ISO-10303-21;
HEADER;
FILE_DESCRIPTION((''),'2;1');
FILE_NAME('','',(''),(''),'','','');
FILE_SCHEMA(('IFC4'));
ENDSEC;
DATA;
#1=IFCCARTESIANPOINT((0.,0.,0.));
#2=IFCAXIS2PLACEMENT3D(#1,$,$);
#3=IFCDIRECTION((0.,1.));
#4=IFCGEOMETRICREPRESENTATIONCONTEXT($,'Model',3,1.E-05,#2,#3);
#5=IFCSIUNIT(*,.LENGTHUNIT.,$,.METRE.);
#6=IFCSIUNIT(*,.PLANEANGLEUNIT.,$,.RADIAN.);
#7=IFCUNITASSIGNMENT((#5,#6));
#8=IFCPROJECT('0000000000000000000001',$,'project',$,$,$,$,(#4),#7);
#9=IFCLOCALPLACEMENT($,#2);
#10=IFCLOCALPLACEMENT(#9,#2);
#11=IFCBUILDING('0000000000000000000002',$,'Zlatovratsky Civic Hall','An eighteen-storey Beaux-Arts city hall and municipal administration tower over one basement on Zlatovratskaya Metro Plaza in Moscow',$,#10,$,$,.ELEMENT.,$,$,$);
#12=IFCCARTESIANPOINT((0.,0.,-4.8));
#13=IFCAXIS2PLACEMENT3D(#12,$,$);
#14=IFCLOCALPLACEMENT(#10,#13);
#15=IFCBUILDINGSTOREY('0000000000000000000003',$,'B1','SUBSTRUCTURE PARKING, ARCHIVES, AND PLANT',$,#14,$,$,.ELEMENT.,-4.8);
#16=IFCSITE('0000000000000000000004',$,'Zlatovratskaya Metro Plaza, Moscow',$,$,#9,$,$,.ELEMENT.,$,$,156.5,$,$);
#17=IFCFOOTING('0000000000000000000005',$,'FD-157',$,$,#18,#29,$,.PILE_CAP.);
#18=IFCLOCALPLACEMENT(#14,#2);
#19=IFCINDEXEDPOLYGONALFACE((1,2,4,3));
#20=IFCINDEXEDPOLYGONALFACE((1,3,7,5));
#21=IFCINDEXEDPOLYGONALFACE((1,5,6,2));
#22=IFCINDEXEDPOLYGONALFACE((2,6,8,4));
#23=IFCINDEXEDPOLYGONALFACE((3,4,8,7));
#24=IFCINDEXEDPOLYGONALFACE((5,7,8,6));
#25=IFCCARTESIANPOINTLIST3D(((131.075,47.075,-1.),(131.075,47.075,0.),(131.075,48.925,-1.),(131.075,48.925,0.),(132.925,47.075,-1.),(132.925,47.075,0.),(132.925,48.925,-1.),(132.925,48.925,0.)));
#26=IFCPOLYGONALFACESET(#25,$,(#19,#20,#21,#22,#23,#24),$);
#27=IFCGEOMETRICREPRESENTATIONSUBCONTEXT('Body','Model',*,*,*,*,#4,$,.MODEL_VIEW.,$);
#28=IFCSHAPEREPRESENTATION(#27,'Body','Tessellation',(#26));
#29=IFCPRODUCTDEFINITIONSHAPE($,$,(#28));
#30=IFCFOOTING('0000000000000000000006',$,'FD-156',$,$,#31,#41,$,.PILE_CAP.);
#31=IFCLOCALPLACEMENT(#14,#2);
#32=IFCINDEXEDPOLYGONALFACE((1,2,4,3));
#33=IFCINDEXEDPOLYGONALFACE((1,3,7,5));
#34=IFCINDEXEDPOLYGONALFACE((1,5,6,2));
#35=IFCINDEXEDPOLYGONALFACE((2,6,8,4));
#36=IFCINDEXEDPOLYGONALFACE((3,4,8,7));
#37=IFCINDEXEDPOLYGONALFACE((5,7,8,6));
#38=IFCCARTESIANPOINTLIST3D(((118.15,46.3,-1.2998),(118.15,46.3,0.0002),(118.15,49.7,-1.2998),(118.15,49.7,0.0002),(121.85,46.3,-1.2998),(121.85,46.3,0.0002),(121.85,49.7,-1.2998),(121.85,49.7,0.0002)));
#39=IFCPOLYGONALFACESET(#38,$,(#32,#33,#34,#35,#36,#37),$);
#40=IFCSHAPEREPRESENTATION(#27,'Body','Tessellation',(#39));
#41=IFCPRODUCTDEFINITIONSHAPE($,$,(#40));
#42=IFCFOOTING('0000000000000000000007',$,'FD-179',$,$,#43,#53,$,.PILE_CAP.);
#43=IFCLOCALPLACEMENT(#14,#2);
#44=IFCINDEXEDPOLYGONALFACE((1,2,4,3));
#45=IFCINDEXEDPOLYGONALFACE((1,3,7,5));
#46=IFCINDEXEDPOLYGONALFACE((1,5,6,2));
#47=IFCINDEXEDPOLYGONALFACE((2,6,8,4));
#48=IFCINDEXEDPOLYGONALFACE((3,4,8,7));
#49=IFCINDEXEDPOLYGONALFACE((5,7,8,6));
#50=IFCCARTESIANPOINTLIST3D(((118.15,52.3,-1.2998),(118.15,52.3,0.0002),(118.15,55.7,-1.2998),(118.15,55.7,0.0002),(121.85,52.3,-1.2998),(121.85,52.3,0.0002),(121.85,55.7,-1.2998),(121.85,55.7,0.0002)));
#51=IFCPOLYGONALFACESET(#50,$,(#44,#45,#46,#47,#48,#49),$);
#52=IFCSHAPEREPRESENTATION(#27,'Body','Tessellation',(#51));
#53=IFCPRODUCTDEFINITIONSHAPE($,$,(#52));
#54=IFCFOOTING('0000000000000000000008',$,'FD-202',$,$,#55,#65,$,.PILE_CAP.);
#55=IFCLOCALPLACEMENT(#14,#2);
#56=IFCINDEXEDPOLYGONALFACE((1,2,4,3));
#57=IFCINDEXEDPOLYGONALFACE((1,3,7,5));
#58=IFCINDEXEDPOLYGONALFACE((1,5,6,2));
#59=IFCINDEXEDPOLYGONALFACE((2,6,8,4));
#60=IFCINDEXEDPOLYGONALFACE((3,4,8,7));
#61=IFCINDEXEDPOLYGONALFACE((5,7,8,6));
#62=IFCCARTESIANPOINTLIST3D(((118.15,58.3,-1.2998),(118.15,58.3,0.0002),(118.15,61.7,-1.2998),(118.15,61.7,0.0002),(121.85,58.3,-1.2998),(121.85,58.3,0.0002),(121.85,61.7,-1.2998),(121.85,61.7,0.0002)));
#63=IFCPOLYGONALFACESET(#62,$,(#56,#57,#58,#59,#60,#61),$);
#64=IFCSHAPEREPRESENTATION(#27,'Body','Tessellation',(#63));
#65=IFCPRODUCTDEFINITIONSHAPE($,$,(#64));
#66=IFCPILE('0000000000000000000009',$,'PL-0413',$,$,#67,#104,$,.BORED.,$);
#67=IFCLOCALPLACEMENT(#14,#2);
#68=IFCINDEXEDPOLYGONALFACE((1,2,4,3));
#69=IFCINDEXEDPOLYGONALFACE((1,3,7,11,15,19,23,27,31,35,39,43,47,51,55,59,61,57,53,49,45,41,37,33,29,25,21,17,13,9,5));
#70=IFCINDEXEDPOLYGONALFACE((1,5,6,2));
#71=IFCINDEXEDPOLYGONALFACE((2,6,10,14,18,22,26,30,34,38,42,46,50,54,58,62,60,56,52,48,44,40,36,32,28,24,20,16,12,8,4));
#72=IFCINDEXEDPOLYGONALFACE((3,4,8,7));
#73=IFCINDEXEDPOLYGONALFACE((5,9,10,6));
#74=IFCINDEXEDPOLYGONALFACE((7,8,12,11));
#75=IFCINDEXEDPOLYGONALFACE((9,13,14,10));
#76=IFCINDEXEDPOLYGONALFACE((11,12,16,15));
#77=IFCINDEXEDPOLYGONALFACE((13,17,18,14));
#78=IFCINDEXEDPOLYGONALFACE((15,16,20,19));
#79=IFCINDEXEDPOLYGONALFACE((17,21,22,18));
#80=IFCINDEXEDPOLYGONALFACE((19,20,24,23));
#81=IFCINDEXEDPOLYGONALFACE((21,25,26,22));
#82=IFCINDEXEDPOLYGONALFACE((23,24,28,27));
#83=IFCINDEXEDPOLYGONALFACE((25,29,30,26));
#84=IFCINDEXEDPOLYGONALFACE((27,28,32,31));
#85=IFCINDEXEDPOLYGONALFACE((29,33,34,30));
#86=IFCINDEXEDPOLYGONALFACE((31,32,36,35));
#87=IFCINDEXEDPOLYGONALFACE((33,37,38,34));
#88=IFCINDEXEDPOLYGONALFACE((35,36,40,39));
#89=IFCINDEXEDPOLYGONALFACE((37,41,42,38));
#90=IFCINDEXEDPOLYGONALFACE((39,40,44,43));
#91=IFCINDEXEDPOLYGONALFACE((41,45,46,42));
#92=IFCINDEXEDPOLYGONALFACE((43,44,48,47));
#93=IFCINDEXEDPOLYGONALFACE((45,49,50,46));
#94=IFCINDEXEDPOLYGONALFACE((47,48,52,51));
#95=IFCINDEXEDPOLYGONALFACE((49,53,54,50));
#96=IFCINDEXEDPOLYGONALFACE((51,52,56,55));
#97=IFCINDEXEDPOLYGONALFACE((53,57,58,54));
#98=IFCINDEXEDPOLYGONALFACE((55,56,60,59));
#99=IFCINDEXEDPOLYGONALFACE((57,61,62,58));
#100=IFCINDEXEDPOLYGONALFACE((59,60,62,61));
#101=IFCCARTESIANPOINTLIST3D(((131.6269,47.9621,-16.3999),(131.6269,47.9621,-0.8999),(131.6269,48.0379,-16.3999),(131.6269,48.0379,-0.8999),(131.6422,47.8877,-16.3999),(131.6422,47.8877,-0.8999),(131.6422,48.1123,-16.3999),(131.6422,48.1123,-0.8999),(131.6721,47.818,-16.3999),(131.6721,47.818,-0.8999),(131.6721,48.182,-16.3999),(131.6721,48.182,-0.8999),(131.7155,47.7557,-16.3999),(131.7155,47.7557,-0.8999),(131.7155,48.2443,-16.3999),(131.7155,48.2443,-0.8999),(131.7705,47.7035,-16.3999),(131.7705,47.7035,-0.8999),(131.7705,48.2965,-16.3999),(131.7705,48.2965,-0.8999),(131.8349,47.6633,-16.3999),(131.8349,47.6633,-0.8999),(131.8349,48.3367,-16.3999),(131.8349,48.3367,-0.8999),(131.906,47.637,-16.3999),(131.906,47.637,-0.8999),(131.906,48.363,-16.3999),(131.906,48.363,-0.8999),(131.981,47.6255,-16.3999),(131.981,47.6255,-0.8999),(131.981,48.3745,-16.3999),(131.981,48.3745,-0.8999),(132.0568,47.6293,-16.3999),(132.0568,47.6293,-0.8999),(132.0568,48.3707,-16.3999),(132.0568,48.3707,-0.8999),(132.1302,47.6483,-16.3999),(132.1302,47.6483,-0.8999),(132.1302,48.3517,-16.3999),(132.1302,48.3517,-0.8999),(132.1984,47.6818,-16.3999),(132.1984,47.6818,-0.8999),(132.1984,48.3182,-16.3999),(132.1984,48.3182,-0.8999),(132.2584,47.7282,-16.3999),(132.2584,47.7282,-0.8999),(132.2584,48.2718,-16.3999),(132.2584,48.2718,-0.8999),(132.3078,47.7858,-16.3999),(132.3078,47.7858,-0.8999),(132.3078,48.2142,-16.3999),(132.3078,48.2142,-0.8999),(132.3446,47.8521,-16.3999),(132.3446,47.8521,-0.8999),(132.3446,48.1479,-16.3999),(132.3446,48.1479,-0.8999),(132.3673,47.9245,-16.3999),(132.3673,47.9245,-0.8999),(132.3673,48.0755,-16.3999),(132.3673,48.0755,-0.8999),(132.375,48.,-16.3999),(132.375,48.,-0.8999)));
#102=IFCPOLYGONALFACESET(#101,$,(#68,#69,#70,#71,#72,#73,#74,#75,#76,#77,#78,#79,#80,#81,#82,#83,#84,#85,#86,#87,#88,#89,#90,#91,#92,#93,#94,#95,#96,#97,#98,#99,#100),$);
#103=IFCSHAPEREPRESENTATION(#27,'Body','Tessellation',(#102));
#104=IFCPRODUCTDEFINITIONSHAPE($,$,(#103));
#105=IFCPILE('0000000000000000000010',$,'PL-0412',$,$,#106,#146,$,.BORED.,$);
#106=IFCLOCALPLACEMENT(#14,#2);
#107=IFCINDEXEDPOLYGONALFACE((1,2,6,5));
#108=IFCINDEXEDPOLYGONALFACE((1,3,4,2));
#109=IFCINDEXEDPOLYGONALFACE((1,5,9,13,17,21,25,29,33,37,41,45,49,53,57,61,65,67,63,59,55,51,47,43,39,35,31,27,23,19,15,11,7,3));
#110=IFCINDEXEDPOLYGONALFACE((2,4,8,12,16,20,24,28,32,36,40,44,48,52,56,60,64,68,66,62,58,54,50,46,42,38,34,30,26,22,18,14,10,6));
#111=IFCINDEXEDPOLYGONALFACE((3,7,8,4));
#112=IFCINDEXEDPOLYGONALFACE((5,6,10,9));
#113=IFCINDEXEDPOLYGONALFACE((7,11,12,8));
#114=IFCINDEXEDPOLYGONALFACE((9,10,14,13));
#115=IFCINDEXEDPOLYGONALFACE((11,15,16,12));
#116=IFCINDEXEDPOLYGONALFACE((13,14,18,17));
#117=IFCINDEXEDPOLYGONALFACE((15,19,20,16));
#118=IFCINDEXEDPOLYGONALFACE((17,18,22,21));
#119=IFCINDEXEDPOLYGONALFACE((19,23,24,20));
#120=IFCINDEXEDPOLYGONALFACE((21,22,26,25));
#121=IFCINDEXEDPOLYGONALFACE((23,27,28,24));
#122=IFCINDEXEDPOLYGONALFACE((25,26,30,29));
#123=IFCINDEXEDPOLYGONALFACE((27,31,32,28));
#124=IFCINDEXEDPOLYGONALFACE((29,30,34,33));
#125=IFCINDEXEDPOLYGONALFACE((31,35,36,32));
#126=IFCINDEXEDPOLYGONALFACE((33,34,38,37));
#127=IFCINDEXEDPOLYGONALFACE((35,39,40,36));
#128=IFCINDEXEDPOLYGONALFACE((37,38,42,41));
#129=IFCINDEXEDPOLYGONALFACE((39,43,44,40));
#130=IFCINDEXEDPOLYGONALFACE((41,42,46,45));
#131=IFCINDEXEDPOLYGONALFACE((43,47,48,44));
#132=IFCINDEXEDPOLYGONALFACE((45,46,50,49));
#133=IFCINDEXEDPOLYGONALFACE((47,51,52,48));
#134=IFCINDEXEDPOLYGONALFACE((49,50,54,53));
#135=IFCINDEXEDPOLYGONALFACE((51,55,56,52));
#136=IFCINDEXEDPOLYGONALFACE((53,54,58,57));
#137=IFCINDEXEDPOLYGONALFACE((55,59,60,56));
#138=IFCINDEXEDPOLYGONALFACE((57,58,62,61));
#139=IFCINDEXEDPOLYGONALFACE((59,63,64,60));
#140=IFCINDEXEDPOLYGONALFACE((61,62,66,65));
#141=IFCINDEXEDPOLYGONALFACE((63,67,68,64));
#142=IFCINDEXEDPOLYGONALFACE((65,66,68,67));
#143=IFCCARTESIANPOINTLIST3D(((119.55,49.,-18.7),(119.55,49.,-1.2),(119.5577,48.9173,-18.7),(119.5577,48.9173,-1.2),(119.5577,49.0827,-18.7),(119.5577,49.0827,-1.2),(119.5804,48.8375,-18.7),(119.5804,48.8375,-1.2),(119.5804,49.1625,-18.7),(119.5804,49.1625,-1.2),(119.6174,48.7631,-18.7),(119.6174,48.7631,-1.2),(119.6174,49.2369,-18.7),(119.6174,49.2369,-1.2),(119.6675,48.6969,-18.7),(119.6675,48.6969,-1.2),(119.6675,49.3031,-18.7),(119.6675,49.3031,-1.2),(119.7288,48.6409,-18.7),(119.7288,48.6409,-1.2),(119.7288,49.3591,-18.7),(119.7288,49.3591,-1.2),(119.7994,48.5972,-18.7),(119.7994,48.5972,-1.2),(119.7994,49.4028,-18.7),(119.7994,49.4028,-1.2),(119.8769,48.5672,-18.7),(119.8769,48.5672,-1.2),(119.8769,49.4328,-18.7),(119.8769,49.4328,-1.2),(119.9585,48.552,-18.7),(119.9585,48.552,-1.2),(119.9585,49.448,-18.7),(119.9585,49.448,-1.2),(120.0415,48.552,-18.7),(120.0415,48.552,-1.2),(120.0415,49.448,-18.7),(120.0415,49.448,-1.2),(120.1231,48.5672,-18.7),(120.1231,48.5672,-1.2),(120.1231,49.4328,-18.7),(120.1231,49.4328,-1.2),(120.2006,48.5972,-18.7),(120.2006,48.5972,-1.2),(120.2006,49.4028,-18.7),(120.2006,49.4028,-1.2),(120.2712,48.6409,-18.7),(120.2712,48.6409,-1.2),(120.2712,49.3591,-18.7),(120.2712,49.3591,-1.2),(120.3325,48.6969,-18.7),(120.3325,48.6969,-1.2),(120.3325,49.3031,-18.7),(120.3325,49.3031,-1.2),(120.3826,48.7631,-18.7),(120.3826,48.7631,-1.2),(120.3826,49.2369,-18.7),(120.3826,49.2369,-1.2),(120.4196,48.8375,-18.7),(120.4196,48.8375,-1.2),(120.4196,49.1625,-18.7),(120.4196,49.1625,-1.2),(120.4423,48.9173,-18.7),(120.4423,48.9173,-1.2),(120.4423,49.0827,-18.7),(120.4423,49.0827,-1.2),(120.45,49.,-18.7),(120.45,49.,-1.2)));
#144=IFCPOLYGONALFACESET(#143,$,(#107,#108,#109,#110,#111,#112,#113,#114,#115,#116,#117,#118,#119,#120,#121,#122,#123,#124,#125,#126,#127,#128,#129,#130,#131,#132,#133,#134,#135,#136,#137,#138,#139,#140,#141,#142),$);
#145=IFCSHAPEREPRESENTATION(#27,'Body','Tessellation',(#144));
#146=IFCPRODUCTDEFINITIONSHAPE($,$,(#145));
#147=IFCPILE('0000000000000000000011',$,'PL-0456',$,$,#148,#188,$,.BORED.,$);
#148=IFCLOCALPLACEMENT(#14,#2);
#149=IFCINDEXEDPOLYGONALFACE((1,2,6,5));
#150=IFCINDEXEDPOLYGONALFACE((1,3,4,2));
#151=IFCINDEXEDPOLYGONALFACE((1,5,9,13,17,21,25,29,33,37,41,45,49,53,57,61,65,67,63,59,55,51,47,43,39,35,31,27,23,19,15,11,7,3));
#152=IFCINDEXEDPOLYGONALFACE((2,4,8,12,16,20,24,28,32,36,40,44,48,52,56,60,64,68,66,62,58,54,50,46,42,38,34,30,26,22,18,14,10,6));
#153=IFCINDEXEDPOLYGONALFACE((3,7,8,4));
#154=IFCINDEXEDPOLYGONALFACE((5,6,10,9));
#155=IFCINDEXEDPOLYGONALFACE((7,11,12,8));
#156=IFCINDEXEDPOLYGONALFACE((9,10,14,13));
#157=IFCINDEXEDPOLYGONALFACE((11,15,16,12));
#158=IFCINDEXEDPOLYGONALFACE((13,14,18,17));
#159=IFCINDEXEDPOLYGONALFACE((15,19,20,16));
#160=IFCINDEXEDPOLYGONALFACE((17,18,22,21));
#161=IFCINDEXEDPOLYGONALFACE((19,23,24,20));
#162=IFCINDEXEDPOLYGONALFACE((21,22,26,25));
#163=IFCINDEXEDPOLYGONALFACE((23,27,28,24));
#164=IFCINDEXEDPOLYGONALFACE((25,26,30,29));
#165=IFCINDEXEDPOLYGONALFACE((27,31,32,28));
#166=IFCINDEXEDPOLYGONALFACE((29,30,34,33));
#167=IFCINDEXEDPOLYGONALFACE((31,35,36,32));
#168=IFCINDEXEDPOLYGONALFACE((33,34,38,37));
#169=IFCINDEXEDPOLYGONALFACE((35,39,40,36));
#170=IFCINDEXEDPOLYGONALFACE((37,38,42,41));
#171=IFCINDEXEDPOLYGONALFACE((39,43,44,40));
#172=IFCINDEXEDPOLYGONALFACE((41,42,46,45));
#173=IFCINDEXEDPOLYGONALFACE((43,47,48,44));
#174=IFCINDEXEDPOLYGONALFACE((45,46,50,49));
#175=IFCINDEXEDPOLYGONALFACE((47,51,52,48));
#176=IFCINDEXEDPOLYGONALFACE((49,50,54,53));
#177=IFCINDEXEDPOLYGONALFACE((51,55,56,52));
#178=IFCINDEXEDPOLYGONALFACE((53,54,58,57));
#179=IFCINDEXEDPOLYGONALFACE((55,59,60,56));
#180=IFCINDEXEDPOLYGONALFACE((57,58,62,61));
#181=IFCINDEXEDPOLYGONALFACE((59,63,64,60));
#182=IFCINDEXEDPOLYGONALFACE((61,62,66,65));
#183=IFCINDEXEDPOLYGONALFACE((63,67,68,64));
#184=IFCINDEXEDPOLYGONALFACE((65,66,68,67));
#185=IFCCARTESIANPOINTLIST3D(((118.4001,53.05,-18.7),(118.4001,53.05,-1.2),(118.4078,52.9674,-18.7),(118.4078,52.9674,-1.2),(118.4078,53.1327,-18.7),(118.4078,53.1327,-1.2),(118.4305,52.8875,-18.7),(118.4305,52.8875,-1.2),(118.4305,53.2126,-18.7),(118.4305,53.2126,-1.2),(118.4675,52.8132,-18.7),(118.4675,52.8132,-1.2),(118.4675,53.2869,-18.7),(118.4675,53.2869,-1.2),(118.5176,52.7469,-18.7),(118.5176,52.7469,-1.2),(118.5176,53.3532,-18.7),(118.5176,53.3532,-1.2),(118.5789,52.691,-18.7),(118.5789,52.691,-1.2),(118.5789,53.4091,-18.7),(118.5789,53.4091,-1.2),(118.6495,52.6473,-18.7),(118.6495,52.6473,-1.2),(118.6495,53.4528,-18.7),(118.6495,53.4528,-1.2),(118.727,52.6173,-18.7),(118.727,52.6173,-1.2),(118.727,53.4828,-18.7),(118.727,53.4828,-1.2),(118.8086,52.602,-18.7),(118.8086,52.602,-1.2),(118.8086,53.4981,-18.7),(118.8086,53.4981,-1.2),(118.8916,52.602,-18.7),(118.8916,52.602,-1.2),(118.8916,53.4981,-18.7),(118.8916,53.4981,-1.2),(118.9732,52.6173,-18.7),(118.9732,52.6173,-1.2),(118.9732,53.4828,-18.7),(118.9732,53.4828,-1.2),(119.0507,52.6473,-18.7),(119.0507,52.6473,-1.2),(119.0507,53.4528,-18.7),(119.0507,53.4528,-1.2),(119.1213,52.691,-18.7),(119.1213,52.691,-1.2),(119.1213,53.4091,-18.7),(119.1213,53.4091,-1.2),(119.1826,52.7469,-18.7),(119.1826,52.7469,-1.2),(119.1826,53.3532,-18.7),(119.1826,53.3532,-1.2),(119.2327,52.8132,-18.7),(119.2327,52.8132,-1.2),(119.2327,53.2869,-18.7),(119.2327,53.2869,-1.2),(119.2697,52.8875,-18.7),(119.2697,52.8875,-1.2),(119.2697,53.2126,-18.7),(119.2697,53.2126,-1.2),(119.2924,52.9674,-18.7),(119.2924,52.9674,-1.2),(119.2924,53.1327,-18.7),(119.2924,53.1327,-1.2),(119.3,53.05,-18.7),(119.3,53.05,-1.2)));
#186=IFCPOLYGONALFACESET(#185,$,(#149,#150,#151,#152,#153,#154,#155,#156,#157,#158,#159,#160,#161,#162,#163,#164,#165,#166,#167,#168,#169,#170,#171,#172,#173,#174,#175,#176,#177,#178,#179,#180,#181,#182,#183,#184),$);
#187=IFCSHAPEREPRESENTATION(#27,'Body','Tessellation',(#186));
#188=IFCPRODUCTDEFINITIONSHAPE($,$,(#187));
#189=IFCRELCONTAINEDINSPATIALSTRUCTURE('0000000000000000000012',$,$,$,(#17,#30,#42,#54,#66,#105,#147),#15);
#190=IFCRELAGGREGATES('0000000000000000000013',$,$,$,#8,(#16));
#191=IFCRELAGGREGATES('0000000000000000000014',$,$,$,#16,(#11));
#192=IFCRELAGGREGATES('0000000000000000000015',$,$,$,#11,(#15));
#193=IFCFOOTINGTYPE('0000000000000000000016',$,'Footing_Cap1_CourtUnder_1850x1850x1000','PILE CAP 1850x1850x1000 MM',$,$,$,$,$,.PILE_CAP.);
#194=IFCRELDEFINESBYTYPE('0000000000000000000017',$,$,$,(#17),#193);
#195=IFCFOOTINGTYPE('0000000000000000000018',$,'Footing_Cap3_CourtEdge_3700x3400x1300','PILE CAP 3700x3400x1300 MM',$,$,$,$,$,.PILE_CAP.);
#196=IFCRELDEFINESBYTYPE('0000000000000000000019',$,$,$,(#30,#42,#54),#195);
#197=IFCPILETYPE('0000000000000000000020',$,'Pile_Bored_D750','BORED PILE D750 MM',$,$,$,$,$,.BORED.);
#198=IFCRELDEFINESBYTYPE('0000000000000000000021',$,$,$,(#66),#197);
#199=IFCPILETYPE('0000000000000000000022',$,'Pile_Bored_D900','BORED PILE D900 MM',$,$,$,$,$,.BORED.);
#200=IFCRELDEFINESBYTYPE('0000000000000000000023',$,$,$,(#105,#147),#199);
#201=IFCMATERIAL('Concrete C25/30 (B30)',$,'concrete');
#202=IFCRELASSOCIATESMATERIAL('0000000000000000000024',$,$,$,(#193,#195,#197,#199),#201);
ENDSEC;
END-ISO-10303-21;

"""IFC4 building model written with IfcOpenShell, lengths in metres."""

from ifc_helpers import new_model, si_unit, direction, frame, origin, origin_2d, place, context, subcontext, project, spatial, rectangle, circle, extrude, material, material_profile, profile_set, type_object, element, save


model = new_model("IFC4")

# Units and contexts
model_context = context("Model", 3, precision=1e-05, world=origin(), true_north=direction((0.0, 1.0)))
body_context = subcontext(model_context, "Body", "Model", "MODEL_VIEW")
ifc_project = project(units=[si_unit("LENGTHUNIT", "METRE"), si_unit("PLANEANGLEUNIT", "RADIAN")], contexts=[model_context])

# Site, building, storey
site_placement = place(None, origin())
site = spatial("IfcSite", under=ifc_project, at=site_placement, Name="Zlatovratskaya Metro Plaza, Moscow", CompositionType="ELEMENT", RefElevation=156.5)
building_placement = place(site_placement, origin())
building = spatial("IfcBuilding", under=site, at=building_placement, Name="Zlatovratsky Civic Hall", Description="An eighteen-storey Beaux-Arts city hall and municipal administration tower over one basement on Zlatovratskaya Metro Plaza in Moscow", CompositionType="ELEMENT")
storey_placement = place(building_placement, frame((0.0, 0.0, -4.8)))
storey = spatial("IfcBuildingStorey", under=building, at=storey_placement, Name="B1", Description="SUBSTRUCTURE PARKING, ARCHIVES, AND PLANT", CompositionType="ELEMENT", Elevation=-4.8)

# Footings
ifc_material_1 = material(Name="Concrete C25/30 (B30)", Category="concrete")
footing_type_1 = type_object("IfcFootingType", Name="Footing_Cap1_CourtUnder_1850x1850x1000", Description="PILE CAP 1850x1850x1000 MM", PredefinedType="PILE_CAP", material=ifc_material_1)
footing_placement = place(storey_placement, frame((132.0, 48.0, -1.0), z_axis=(0.0, 0.0, 1.0), x_axis=(1.0, 0.0, 0.0)))
element("IfcFooting", 1, at=footing_placement, inside=storey, type_object=footing_type_1, Name="FD-157", PredefinedType="PILE_CAP", context=body_context, shape_type="SweptSolid", body=[
    extrude(rectangle(XDim=1.8501, YDim=1.8501, at=origin_2d()), origin(), (0.0, 0.0, 1.0), 1.0),
])
footing_type_2 = type_object("IfcFootingType", Name="Footing_Cap3_CourtEdge_3700x3400x1300", Description="PILE CAP 3700x3400x1300 MM", PredefinedType="PILE_CAP", material=ifc_material_1)
for number, where, z_axis, x_axis, name in (
    (2, (120.0, 48.0, -1.2998), (0.0, 0.0, 1.0), (1.0, 0.0, 0.0), "FD-156"),
    (3, (120.0, 54.0, -1.2998), (0.0, 0.0, 1.0), (1.0, 0.0, 0.0), "FD-179"),
    (4, (120.0, 60.0, -1.2998), (0.0, 0.0, 1.0), (1.0, 0.0, 0.0), "FD-202"),
):
    element("IfcFooting", number, at=place(storey_placement, frame(where, z_axis=z_axis, x_axis=x_axis)), inside=storey, type_object=footing_type_2, Name=name, PredefinedType="PILE_CAP", context=body_context, shape_type="SweptSolid", body=[
        extrude(rectangle(XDim=3.7, YDim=3.3999, at=origin_2d()), origin(), (0.0, 0.0, 1.0), 1.3),
    ])

# Piles
ifc_material_profile_1 = material_profile(ifc_material_1, circle(Radius=0.375, at=origin_2d()), Name="PILE D750")
ifc_profile_set_1 = profile_set([ifc_material_profile_1], Name="Concrete C25/30 (B30)")
pile_type_1 = type_object("IfcPileType", Name="Pile_Bored_D750", Description="BORED PILE D750 MM", PredefinedType="BORED", material=ifc_profile_set_1)
pile_placement = place(storey_placement, frame((132.0, 48.0, -0.8999), z_axis=(0.0, 0.0, -1.0), x_axis=(1.0, 0.0, 0.0)))
element("IfcPile", 5, at=pile_placement, inside=storey, type_object=pile_type_1, Name="PL-0413", PredefinedType="BORED", context=body_context, shape_type="SweptSolid", body=[
    extrude(circle(Radius=0.375, at=origin_2d()), origin(), (0.0, 0.0, 1.0), 15.5),
])
ifc_material_profile_2 = material_profile(ifc_material_1, circle(Radius=0.45, at=origin_2d()), Name="PILE D900")
ifc_profile_set_2 = profile_set([ifc_material_profile_2], Name="Concrete C25/30 (B30)")
pile_type_2 = type_object("IfcPileType", Name="Pile_Bored_D900", Description="BORED PILE D900 MM", PredefinedType="BORED", material=ifc_profile_set_2)
for number, where, z_axis, x_axis, name in (
    (6, (120.0, 49.0, -1.2), (0.0, 0.0, -1.0), (1.0, 0.0, 0.0), "PL-0412"),
    (7, (118.8501, 53.05, -1.2), (0.0, 0.0, -1.0), (1.0, 0.0, 0.0), "PL-0456"),
):
    element("IfcPile", number, at=place(storey_placement, frame(where, z_axis=z_axis, x_axis=x_axis)), inside=storey, type_object=pile_type_2, Name=name, PredefinedType="BORED", context=body_context, shape_type="SweptSolid", body=[
        extrude(circle(Radius=0.45, at=origin_2d()), origin(), (0.0, 0.0, 1.0), 17.5),
    ])

save(model, "model.ifc")
